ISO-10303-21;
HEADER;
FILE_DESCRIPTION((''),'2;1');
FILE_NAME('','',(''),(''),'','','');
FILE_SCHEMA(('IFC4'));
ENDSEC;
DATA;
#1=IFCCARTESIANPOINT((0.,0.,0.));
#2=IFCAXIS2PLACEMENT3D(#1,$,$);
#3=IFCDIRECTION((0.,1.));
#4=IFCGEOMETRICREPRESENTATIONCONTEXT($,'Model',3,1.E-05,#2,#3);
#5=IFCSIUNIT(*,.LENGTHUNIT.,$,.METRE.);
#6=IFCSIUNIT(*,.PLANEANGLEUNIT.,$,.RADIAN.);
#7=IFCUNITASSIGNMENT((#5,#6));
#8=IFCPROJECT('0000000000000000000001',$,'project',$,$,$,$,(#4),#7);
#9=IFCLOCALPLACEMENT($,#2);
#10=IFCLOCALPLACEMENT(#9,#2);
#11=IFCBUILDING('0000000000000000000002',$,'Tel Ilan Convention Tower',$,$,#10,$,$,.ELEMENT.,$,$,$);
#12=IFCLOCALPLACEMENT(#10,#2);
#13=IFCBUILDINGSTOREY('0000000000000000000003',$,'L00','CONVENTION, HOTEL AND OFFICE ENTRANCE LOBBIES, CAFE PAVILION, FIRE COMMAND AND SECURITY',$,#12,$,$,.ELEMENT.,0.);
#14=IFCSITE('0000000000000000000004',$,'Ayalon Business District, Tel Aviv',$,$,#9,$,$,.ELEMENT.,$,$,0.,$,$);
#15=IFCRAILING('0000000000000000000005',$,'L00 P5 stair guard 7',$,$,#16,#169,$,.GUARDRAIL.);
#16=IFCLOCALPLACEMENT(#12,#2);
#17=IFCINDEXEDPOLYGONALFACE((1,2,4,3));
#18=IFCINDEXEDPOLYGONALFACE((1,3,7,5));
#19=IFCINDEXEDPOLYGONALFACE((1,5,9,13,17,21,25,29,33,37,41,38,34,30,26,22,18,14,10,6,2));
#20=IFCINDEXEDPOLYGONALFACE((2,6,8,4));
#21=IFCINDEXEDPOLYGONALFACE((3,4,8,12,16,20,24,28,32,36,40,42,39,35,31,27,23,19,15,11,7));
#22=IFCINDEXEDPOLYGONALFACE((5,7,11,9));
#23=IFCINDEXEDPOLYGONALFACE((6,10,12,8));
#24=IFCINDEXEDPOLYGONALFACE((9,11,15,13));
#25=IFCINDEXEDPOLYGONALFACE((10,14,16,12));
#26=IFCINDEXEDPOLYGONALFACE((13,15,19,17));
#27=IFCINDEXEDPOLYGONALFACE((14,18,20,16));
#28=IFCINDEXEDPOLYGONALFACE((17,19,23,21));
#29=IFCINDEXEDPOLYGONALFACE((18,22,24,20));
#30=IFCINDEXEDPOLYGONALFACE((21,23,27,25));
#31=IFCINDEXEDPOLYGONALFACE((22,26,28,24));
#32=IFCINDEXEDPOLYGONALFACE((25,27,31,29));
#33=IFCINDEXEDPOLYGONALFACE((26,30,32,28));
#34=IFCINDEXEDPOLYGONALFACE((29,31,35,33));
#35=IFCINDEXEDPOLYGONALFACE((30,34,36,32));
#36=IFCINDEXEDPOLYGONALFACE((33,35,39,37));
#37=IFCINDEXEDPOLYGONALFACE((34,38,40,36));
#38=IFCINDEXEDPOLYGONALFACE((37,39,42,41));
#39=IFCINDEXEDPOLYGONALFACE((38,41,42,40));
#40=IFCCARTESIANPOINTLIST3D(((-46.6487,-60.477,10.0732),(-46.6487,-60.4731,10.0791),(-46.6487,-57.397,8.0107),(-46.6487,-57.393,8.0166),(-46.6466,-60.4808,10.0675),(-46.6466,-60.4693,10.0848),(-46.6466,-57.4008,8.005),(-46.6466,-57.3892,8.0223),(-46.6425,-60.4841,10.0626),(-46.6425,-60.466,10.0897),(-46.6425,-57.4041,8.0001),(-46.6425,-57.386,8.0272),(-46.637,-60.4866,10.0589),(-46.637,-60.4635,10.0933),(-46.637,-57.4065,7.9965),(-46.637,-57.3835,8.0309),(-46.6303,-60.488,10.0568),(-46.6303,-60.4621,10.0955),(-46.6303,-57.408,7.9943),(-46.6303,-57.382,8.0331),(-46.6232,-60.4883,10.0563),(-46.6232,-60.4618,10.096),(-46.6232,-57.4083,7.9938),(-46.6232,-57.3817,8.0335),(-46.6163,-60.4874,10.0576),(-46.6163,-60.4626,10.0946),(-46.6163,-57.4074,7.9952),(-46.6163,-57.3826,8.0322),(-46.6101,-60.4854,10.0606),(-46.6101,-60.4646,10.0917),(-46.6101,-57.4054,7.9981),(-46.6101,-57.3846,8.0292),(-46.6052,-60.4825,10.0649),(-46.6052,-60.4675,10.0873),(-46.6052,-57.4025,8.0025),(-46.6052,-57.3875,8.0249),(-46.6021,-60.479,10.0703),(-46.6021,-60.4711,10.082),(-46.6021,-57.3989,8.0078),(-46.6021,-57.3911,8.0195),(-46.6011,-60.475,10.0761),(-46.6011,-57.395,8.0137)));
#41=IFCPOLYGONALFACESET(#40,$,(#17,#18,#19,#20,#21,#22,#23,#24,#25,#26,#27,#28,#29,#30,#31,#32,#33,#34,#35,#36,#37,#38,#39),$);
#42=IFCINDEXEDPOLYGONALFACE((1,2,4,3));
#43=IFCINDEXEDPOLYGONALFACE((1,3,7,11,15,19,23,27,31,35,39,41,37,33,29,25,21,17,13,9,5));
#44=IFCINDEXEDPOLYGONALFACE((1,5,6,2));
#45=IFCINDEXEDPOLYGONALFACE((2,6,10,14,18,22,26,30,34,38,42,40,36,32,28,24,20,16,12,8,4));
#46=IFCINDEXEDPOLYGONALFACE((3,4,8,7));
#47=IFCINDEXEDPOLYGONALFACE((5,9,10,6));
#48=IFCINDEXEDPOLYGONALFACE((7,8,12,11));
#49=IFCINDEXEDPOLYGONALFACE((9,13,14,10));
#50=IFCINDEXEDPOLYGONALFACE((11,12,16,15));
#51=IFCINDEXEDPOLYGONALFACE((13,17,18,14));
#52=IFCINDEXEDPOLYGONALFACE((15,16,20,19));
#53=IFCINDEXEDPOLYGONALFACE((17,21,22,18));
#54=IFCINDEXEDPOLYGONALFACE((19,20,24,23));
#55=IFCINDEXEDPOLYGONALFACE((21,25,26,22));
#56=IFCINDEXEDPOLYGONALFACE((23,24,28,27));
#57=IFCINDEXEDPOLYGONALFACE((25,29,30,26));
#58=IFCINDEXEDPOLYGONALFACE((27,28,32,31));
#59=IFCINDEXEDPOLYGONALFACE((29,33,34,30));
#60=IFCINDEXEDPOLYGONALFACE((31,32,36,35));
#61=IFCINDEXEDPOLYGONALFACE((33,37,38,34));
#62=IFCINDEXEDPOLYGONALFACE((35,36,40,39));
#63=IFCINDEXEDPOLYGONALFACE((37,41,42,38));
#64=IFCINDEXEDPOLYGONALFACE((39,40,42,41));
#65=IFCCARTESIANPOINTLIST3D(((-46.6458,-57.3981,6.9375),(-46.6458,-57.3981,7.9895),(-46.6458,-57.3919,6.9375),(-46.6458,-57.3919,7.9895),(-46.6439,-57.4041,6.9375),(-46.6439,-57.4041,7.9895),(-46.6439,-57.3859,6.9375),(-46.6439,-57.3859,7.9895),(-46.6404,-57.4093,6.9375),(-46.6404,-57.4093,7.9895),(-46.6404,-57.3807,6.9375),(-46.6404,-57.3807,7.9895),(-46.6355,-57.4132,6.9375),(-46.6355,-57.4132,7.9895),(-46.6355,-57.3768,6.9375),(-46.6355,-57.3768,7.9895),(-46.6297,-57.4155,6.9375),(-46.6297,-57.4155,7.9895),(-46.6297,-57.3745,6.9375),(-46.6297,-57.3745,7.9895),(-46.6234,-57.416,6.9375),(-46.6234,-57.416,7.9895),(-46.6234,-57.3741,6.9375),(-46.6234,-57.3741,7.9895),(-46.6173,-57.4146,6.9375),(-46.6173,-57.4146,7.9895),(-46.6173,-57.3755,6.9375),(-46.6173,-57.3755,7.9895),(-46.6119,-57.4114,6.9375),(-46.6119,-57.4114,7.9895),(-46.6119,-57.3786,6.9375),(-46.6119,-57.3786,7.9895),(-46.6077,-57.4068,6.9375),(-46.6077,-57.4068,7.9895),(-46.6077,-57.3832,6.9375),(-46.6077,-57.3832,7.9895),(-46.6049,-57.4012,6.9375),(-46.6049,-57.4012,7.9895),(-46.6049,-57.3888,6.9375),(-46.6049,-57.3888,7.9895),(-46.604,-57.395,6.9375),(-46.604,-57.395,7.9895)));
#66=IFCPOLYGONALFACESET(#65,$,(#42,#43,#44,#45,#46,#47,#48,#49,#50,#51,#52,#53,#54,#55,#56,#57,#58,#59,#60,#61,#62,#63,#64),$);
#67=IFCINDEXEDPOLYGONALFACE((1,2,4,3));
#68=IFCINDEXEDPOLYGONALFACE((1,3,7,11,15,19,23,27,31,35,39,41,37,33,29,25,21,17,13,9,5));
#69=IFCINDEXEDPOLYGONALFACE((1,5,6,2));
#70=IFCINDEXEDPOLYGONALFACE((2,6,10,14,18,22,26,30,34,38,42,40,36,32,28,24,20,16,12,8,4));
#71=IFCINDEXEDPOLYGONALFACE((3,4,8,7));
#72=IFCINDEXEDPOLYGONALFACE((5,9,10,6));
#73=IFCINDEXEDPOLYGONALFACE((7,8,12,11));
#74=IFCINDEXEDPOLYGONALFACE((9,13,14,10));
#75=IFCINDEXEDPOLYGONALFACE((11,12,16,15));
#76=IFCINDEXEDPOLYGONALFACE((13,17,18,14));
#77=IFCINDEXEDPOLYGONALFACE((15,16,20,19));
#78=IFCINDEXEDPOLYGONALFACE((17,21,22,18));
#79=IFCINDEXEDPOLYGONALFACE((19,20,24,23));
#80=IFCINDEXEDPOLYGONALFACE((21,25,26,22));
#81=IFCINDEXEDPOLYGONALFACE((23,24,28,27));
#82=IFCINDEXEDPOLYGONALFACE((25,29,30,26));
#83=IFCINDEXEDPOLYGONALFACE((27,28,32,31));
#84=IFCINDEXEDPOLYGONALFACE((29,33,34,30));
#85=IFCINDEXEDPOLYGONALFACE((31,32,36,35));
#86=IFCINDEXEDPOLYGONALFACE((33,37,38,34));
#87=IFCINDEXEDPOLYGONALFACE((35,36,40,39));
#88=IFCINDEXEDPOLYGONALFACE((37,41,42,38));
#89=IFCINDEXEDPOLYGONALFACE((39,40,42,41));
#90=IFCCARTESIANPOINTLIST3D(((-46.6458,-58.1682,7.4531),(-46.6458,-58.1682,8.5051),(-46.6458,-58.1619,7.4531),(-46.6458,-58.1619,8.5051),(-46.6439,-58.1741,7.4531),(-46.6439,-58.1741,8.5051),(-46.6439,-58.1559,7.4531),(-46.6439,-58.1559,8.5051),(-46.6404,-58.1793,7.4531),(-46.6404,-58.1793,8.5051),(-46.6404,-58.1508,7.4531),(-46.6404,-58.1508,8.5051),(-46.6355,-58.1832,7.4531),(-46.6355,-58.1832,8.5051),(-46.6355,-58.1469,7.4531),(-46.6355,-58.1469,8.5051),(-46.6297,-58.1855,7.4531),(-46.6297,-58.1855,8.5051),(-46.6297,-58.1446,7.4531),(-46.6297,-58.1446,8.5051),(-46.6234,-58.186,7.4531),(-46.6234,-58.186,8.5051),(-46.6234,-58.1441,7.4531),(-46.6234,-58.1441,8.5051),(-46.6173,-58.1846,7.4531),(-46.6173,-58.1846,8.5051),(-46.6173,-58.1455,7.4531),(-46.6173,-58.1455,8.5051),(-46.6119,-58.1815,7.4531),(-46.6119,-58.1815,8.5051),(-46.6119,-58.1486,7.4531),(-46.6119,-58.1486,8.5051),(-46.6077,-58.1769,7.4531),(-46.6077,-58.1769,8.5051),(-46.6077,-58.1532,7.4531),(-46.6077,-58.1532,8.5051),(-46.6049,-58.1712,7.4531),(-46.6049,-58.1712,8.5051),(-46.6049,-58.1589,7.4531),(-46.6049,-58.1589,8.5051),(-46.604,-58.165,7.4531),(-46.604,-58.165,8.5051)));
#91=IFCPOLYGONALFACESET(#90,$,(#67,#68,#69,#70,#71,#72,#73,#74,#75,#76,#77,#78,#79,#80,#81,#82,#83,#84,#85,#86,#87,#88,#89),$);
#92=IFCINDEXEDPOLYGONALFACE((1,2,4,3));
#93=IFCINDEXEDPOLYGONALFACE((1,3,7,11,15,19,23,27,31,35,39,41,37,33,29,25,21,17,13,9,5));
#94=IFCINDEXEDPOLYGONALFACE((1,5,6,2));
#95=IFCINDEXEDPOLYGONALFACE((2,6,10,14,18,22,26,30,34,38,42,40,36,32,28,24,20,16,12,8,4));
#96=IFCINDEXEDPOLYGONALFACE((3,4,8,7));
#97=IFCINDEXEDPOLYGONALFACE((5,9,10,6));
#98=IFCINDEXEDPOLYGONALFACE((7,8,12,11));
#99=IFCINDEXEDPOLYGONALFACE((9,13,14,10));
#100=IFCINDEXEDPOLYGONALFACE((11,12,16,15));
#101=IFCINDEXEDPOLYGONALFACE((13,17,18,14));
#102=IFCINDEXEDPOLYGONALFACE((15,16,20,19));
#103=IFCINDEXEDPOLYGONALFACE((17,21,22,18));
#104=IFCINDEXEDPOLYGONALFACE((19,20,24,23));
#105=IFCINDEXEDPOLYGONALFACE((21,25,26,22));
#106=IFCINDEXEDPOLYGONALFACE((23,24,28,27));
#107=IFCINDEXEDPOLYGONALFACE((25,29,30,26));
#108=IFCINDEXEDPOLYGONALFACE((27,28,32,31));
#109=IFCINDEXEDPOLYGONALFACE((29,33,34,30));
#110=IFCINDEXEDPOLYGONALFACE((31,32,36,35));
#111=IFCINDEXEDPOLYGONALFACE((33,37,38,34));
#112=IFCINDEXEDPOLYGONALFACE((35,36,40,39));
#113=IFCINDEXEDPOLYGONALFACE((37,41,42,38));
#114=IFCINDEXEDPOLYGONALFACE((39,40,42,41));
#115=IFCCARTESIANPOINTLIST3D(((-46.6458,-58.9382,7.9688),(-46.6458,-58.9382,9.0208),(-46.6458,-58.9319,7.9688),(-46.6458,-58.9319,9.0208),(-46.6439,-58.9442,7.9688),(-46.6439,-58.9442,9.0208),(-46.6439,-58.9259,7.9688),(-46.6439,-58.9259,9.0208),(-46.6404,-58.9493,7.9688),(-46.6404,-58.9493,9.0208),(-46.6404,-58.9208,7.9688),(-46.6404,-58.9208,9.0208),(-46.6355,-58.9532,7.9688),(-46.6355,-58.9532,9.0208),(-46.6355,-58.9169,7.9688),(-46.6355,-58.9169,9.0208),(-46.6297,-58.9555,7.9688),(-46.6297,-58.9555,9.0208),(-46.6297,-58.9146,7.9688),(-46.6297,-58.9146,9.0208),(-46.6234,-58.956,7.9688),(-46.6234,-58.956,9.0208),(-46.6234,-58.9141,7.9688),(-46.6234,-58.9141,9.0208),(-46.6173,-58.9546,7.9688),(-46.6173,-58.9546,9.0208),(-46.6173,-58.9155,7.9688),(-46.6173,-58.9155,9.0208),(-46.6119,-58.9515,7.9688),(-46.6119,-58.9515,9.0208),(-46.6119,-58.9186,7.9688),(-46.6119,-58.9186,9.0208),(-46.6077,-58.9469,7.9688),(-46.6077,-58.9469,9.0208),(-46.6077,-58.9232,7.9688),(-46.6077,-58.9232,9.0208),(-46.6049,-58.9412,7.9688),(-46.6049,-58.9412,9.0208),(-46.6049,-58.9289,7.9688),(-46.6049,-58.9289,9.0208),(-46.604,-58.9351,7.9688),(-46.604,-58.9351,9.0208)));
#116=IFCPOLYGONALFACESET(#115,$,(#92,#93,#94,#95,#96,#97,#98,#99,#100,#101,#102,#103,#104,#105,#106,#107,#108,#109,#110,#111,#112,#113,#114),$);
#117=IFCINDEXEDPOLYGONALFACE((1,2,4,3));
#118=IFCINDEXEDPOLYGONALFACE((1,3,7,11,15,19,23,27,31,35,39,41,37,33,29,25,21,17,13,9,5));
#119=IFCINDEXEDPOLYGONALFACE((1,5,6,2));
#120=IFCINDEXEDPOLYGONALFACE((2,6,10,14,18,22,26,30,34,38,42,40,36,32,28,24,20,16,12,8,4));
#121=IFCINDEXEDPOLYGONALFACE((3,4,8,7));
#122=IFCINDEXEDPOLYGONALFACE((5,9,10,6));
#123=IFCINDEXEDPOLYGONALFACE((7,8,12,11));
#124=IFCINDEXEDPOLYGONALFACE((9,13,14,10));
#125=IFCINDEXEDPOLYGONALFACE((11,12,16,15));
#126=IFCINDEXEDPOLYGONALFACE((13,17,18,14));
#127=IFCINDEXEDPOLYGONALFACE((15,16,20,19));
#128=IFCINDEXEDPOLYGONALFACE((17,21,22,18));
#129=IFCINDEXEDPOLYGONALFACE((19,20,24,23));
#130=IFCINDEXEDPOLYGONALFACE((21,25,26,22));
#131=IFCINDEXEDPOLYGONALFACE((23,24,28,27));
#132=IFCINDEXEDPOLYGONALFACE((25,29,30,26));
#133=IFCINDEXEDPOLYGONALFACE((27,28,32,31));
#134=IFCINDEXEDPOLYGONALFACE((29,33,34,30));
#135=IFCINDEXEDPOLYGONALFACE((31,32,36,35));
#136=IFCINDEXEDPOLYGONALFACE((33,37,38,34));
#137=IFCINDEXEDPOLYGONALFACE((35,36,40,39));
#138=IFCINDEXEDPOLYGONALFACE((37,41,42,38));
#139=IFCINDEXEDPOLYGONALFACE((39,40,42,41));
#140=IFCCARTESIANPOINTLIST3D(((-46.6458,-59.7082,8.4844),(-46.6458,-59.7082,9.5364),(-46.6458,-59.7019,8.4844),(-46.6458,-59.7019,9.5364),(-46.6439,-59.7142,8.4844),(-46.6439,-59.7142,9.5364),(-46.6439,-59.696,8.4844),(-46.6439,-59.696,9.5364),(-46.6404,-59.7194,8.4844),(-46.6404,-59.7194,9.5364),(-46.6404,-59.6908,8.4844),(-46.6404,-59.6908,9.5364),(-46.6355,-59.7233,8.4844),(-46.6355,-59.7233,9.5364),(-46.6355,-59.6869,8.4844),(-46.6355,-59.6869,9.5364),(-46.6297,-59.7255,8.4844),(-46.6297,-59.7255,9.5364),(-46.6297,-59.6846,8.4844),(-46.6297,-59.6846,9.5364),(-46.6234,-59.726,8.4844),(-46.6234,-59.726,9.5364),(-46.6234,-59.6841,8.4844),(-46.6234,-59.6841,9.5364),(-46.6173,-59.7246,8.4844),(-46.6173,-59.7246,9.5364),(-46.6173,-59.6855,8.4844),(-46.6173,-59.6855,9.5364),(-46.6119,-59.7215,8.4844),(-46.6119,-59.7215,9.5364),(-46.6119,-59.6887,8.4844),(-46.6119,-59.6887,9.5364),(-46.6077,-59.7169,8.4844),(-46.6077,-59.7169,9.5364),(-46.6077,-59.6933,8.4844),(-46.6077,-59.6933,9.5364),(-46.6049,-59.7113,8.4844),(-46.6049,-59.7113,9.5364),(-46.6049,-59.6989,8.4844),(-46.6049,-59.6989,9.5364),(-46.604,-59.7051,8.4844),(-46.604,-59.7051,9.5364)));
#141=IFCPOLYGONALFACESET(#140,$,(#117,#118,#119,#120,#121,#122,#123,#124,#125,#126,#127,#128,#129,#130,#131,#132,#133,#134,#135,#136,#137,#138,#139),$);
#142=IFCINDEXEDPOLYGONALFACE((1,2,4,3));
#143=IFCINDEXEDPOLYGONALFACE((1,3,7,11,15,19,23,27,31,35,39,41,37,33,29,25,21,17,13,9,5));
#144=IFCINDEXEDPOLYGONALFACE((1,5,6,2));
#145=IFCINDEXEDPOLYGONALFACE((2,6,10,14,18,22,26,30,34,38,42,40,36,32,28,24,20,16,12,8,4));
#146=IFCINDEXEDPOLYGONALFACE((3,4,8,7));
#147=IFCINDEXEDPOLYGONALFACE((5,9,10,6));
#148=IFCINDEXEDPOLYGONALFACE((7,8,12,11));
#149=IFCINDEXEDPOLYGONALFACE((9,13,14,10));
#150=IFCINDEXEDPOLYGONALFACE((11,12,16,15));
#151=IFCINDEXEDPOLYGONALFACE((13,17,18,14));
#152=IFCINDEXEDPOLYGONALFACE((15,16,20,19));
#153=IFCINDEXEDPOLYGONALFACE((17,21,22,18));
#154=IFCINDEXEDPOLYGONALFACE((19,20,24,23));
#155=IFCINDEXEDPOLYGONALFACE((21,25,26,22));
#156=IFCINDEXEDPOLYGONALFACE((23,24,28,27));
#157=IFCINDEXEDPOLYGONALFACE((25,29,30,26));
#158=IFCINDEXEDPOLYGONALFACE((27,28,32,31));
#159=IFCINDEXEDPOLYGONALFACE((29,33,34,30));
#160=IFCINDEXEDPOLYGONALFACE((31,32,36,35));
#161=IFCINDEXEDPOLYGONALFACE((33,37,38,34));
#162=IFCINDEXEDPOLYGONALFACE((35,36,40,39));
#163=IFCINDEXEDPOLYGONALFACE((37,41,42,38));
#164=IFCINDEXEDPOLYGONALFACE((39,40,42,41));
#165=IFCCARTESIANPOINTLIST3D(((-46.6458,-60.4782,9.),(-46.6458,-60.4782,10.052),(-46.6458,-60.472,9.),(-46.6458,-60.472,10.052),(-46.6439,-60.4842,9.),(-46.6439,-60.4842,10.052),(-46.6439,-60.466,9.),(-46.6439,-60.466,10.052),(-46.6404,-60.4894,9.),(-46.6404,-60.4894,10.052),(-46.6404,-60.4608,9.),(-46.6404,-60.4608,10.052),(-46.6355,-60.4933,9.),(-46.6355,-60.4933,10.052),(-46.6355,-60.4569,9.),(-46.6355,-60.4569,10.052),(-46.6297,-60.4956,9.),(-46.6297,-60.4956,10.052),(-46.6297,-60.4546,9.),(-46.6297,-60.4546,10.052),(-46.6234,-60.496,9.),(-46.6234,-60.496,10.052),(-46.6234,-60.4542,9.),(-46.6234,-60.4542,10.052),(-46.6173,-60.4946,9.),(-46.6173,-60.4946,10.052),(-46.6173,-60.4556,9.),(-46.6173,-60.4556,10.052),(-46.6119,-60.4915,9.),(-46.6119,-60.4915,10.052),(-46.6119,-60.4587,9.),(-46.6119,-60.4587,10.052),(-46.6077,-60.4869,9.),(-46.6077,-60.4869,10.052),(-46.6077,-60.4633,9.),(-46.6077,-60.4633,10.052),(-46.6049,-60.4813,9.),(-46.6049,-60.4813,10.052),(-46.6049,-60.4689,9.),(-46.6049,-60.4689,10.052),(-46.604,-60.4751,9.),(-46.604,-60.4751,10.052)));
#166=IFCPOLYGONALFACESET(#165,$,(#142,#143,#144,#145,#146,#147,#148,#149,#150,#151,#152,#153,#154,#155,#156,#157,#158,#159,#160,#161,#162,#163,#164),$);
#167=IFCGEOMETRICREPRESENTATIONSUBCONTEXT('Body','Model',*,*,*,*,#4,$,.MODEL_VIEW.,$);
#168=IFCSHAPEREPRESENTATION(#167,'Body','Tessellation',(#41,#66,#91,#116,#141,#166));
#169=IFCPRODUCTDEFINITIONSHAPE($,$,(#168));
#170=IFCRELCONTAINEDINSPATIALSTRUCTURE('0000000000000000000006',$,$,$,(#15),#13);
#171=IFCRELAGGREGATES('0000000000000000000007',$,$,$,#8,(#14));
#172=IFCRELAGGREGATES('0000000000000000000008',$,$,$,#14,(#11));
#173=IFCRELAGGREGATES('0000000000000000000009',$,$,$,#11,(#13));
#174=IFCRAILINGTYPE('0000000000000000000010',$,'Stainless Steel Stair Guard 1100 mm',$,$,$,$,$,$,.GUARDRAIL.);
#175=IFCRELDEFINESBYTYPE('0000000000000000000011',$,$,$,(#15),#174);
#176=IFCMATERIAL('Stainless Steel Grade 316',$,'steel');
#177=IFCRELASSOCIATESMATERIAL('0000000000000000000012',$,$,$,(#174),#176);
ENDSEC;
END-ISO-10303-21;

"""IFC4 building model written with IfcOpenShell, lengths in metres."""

from ifc_helpers import new_model, si_unit, direction, frame, origin, origin_2d, place, context, subcontext, project, spatial, circle, extrude, material, type_object, element, save


model = new_model("IFC4")

# Units and contexts
model_context = context("Model", 3, precision=1e-05, world=origin(), true_north=direction((0.0, 1.0)))
body_context = subcontext(model_context, "Body", "Model", "MODEL_VIEW")
ifc_project = project(units=[si_unit("LENGTHUNIT", "METRE"), si_unit("PLANEANGLEUNIT", "RADIAN")], contexts=[model_context])

# Site, building, storey
site_placement = place(None, origin())
site = spatial("IfcSite", under=ifc_project, at=site_placement, Name="Ayalon Business District, Tel Aviv", CompositionType="ELEMENT", RefElevation=0.0)
building_placement = place(site_placement, origin())
building = spatial("IfcBuilding", under=site, at=building_placement, Name="Tel Ilan Convention Tower", CompositionType="ELEMENT")
storey_placement = place(building_placement, origin())
storey = spatial("IfcBuildingStorey", under=building, at=storey_placement, Name="L00", Description="CONVENTION, HOTEL AND OFFICE ENTRANCE LOBBIES, CAFE PAVILION, FIRE COMMAND AND SECURITY", CompositionType="ELEMENT", Elevation=0.0)

# Railing
ifc_material_1 = material(Name="Stainless Steel Grade 316", Category="steel")
railing_type_1 = type_object("IfcRailingType", Name="Stainless Steel Stair Guard 1100 mm", PredefinedType="GUARDRAIL", material=ifc_material_1)
railing_1_placement = place(storey_placement, frame((-46.625, -57.395, 6.9375)))
element("IfcRailing", 1, at=railing_1_placement, inside=storey, type_object=railing_type_1, Name="L00 P5 stair guard 7", PredefinedType="GUARDRAIL", context=body_context, shape_type="SweptSolid", body=[
    extrude(circle(Radius=0.0239, at=origin_2d()), frame((0.0, 0.0, 1.0762), z_axis=(0.0, -0.830914, 0.556401), x_axis=(1.0, 0.0, 0.0)), (0.0, 0.0, 1.0), 3.7068),
    extrude(circle(Radius=0.021, at=origin_2d()), origin(), (0.0, 0.0, 1.0), 1.052),
    extrude(circle(Radius=0.021, at=origin_2d()), frame((0.0, -0.77, 0.5156)), (0.0, 0.0, 1.0), 1.052),
    extrude(circle(Radius=0.021, at=origin_2d()), frame((0.0, -1.54, 1.0312)), (0.0, 0.0, 1.0), 1.052),
    extrude(circle(Radius=0.021, at=origin_2d()), frame((0.0, -2.3101, 1.5469)), (0.0, 0.0, 1.0), 1.052),
    extrude(circle(Radius=0.021, at=origin_2d()), frame((0.0, -3.0801, 2.0625)), (0.0, 0.0, 1.0), 1.052),
])

save(model, "model.ifc")
